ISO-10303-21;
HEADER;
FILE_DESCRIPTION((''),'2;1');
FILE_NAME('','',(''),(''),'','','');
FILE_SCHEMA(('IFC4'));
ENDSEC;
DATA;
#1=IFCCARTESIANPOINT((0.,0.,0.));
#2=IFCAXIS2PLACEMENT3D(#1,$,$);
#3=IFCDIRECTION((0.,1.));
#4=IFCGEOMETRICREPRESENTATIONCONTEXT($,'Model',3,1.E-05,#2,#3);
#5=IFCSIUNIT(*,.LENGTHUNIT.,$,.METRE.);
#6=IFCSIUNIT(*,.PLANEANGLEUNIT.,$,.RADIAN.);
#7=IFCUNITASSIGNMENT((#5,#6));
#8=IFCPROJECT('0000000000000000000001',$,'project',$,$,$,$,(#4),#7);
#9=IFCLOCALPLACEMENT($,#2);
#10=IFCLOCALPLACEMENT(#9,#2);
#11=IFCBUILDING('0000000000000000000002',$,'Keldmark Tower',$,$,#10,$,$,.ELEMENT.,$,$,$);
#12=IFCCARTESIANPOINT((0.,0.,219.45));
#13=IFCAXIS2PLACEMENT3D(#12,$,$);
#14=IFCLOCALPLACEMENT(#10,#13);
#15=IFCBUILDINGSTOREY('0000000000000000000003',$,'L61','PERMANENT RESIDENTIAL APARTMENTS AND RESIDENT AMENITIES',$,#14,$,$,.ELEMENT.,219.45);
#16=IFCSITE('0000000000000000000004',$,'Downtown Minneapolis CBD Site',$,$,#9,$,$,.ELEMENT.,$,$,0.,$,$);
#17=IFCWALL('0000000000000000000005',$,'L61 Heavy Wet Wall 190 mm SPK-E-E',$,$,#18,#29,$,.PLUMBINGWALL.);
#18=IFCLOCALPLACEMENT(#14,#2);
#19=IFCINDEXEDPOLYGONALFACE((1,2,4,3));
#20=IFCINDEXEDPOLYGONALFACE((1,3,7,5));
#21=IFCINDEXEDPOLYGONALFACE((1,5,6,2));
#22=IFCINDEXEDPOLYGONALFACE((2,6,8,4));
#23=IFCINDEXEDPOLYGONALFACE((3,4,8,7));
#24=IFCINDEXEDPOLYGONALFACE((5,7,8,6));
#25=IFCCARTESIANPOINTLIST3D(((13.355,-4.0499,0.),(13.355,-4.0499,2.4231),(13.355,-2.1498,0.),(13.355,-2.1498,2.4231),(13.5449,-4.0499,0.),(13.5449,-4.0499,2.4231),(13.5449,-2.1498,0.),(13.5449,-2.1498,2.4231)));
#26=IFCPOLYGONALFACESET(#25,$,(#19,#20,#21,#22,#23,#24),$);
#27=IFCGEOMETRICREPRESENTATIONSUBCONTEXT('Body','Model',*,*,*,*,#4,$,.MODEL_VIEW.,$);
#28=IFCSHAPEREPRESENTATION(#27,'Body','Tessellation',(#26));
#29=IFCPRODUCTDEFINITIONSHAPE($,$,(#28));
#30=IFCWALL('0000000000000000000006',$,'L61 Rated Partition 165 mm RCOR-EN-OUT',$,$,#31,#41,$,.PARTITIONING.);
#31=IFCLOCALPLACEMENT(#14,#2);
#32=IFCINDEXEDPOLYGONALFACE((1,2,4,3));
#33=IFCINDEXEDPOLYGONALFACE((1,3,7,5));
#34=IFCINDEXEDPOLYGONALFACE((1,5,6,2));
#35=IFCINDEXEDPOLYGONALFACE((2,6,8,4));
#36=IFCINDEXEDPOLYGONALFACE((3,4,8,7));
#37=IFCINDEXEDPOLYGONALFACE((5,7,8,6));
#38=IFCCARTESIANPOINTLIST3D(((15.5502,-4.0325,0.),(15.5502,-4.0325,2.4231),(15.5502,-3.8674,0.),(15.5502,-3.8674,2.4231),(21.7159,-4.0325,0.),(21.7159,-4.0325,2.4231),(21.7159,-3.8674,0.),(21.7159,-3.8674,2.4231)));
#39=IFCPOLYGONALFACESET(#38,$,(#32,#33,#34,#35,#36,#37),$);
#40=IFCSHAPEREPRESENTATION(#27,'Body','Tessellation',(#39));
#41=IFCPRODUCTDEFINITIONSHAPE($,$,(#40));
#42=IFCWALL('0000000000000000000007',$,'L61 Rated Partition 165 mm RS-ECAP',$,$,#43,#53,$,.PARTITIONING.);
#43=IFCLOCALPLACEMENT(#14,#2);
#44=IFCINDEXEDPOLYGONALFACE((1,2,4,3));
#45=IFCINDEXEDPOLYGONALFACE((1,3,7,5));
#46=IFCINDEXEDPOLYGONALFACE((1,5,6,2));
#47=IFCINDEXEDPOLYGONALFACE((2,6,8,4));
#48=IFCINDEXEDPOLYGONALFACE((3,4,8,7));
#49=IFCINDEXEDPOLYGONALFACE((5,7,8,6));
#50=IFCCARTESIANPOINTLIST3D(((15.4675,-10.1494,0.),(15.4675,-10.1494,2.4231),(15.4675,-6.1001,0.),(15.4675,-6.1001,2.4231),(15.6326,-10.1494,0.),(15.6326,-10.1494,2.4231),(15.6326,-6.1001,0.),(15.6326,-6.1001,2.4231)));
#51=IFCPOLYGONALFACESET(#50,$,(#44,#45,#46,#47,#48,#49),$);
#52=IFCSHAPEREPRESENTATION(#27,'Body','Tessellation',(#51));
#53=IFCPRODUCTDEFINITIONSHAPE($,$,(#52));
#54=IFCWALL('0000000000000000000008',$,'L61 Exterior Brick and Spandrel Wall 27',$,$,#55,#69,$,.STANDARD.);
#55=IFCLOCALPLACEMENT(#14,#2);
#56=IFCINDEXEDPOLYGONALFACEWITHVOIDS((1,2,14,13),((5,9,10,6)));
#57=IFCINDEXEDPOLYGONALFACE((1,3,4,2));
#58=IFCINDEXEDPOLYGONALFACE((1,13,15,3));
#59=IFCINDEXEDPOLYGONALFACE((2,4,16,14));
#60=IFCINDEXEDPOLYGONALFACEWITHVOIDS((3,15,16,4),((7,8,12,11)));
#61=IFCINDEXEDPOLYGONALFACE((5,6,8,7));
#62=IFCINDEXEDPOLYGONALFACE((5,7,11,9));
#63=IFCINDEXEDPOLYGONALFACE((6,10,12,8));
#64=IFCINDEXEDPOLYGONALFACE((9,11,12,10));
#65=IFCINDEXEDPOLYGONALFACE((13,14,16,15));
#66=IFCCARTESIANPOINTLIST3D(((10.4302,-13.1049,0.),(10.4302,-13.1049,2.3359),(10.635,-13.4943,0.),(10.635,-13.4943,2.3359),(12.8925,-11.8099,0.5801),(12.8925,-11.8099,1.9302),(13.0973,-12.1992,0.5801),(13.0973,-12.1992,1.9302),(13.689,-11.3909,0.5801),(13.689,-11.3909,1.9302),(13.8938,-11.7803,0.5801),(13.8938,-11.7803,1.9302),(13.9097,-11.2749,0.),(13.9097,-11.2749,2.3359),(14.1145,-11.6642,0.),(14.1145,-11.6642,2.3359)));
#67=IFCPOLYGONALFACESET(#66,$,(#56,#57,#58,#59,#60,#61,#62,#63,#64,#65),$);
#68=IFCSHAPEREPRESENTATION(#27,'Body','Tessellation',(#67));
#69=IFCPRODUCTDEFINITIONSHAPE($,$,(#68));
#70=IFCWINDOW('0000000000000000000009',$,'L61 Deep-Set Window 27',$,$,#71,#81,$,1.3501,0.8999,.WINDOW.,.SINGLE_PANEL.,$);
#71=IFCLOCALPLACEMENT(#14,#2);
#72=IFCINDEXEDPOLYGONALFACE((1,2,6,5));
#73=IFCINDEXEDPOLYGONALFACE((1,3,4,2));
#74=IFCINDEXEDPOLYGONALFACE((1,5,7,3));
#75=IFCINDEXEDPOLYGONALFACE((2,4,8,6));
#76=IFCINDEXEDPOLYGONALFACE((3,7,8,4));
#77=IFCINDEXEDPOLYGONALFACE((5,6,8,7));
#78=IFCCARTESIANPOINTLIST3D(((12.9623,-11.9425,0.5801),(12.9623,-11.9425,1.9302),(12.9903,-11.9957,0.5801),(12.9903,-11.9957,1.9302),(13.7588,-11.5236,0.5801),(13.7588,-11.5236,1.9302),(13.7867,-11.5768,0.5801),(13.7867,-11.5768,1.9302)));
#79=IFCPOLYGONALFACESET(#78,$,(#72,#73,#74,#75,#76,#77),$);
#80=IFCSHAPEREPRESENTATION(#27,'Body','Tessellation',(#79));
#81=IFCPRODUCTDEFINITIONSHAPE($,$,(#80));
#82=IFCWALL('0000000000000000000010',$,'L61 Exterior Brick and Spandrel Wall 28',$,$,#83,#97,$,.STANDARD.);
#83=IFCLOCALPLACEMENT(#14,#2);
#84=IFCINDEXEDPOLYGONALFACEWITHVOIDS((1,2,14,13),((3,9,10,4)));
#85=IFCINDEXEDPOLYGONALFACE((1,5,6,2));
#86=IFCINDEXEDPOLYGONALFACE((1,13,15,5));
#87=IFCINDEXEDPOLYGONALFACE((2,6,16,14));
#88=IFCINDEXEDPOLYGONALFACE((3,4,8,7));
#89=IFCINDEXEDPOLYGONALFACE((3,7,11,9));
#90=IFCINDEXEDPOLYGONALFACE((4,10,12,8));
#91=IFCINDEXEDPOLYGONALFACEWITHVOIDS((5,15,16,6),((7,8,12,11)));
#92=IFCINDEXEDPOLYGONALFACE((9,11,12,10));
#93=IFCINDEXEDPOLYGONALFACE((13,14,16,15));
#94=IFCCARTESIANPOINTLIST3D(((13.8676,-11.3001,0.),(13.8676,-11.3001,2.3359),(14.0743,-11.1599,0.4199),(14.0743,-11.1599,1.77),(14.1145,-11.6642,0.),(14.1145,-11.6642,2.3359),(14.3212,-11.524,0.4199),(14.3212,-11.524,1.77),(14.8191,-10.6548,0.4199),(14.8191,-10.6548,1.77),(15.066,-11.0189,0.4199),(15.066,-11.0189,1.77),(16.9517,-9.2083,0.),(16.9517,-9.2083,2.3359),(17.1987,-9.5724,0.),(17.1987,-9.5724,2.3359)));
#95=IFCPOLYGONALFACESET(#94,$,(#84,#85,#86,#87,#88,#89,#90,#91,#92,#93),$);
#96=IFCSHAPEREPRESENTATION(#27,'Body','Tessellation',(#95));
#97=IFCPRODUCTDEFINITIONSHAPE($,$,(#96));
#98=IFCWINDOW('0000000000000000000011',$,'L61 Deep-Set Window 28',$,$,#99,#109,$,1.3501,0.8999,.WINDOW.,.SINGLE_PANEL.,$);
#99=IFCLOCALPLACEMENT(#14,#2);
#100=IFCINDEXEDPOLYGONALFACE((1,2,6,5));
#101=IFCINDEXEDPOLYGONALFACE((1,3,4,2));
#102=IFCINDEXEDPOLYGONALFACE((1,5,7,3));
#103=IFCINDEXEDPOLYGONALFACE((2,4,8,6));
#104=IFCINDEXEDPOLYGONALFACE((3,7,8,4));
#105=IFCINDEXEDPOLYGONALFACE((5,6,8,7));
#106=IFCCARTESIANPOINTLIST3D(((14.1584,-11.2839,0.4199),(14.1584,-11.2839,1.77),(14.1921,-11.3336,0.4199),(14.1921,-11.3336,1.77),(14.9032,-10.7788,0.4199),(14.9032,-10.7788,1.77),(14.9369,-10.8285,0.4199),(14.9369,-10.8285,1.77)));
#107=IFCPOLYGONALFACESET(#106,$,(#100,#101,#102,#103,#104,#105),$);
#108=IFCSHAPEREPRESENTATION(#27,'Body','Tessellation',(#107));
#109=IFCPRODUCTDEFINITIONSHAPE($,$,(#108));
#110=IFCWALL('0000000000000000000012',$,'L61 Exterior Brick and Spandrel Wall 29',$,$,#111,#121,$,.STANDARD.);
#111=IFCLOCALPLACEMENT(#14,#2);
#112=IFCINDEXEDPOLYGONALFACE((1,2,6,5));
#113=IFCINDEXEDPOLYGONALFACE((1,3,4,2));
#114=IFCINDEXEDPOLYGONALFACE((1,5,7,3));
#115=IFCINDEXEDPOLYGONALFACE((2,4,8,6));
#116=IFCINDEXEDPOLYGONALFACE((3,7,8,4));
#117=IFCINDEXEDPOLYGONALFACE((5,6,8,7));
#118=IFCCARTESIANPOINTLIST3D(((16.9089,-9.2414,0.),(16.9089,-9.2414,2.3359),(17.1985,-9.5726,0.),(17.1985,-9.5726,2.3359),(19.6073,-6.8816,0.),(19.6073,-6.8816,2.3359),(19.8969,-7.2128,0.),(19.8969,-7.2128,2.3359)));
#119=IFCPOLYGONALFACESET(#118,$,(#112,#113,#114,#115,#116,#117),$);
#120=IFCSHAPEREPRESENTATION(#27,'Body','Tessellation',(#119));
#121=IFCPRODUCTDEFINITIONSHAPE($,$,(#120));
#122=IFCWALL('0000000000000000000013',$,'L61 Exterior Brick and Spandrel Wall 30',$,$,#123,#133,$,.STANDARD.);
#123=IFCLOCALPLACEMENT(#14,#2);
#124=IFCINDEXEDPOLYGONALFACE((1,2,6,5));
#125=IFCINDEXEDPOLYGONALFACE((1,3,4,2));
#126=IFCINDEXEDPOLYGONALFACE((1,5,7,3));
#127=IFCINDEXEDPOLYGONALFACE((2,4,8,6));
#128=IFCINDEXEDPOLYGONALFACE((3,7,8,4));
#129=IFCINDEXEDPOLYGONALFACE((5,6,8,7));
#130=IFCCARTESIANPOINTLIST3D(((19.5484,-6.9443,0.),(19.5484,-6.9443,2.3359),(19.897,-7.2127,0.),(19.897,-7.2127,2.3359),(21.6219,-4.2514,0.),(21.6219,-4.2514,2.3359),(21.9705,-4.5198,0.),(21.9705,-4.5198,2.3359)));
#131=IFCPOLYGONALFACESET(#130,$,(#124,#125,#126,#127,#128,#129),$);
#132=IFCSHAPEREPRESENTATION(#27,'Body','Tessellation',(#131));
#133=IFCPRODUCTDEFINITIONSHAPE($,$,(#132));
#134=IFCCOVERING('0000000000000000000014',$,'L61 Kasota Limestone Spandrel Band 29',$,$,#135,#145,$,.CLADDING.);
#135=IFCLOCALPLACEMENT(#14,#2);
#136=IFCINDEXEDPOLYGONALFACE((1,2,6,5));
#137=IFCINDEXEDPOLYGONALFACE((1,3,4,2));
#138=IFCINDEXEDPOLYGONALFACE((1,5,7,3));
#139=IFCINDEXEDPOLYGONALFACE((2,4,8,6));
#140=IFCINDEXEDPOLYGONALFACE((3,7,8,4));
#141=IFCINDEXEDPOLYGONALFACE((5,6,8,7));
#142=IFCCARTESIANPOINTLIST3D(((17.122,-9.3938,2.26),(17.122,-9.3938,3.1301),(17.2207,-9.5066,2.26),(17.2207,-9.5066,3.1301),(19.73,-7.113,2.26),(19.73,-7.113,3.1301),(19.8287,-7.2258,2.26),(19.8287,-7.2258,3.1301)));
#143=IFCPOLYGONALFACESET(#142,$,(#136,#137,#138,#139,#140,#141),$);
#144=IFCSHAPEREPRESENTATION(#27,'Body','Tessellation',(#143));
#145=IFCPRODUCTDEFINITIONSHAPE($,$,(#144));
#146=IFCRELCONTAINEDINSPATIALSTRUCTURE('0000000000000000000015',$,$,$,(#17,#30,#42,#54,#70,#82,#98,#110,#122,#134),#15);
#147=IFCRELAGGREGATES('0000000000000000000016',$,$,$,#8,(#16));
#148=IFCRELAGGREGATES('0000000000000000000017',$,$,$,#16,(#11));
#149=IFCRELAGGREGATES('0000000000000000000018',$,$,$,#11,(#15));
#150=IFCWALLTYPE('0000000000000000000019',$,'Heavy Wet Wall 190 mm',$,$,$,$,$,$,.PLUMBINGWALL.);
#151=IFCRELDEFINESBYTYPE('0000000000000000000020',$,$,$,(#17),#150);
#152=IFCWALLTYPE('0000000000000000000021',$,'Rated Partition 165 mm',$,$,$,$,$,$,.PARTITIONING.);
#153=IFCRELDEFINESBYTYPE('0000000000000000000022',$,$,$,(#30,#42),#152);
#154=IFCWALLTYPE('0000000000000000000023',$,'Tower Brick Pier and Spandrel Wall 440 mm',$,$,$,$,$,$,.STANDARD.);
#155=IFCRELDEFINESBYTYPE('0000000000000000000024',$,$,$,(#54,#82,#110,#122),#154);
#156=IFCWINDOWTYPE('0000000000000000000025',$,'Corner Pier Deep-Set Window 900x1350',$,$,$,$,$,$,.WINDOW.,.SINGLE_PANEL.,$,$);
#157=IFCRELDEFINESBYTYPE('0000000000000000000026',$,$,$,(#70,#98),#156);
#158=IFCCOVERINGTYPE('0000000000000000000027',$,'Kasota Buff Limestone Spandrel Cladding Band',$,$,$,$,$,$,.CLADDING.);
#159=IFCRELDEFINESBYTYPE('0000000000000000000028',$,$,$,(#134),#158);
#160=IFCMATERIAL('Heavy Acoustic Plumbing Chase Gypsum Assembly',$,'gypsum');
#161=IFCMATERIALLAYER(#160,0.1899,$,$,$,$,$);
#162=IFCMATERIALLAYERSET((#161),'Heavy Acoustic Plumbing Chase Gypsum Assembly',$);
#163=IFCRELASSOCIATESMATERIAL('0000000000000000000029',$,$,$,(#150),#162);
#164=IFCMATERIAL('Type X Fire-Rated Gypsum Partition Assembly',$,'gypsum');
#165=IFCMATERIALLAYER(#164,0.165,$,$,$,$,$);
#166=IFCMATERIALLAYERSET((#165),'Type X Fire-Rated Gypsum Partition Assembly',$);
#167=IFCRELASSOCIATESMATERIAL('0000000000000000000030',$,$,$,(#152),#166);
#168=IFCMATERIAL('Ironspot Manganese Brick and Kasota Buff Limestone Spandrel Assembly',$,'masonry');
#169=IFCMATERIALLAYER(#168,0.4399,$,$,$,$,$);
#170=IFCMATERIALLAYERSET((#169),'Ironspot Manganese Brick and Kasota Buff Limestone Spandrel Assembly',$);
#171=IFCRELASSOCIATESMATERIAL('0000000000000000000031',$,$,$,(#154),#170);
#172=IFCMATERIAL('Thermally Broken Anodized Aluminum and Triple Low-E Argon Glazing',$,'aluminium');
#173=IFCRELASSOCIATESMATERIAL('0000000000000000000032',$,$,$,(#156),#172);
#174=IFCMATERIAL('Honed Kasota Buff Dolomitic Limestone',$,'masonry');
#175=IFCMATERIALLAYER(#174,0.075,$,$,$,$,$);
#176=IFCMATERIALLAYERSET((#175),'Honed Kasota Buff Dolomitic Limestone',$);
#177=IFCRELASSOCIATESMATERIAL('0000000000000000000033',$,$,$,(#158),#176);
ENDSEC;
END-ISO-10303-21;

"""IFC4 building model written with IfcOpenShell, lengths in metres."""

from ifc_helpers import new_model, si_unit, direction, frame, frame_2d, origin, origin_2d, place, context, subcontext, project, spatial, rectangle, extrude, material, layer, layer_set, type_object, element, fill, save


model = new_model("IFC4")

# Units and contexts
model_context = context("Model", 3, precision=1e-05, world=origin(), true_north=direction((0.0, 1.0)))
body_context = subcontext(model_context, "Body", "Model", "MODEL_VIEW")
ifc_project = project(units=[si_unit("LENGTHUNIT", "METRE"), si_unit("PLANEANGLEUNIT", "RADIAN")], contexts=[model_context])

# Site, building, storey
site_placement = place(None, origin())
site = spatial("IfcSite", under=ifc_project, at=site_placement, Name="Downtown Minneapolis CBD Site", CompositionType="ELEMENT", RefElevation=0.0)
building_placement = place(site_placement, origin())
building = spatial("IfcBuilding", under=site, at=building_placement, Name="Keldmark Tower", CompositionType="ELEMENT")
storey_placement = place(building_placement, frame((0.0, 0.0, 219.45)))
storey = spatial("IfcBuildingStorey", under=building, at=storey_placement, Name="L61", Description="PERMANENT RESIDENTIAL APARTMENTS AND RESIDENT AMENITIES", CompositionType="ELEMENT", Elevation=219.45)

# Walls
ifc_material_1 = material(Name="Heavy Acoustic Plumbing Chase Gypsum Assembly", Category="gypsum")
ifc_layer_1 = layer(ifc_material_1, 0.1899)
ifc_layer_set_1 = layer_set([ifc_layer_1], Name="Heavy Acoustic Plumbing Chase Gypsum Assembly")
wall_type_1 = type_object("IfcWallType", Name="Heavy Wet Wall 190 mm", PredefinedType="PLUMBINGWALL", material=ifc_layer_set_1)
wall_1_placement = place(storey_placement, frame((13.45, -4.05, 0.0), z_axis=(0.0, 0.0, 1.0), x_axis=(0.0, 1.0, 0.0)))
element("IfcWall", 1, at=wall_1_placement, inside=storey, type_object=wall_type_1, Name="L61 Heavy Wet Wall 190 mm SPK-E-E", PredefinedType="PLUMBINGWALL", context=body_context, shape_type="SweptSolid", body=[
    extrude(rectangle(XDim=1.9001, YDim=0.1899, at=frame_2d((0.9502, 0.0))), origin(), (0.0, 0.0, 1.0), 2.4231),
])
ifc_material_2 = material(Name="Type X Fire-Rated Gypsum Partition Assembly", Category="gypsum")
ifc_layer_2 = layer(ifc_material_2, 0.165)
ifc_layer_set_2 = layer_set([ifc_layer_2], Name="Type X Fire-Rated Gypsum Partition Assembly")
wall_type_2 = type_object("IfcWallType", Name="Rated Partition 165 mm", PredefinedType="PARTITIONING", material=ifc_layer_set_2)
wall_2_placement = place(storey_placement, frame((15.55, -3.95, 0.0), z_axis=(0.0, 0.0, 1.0), x_axis=(1.0, 0.0, 0.0)))
element("IfcWall", 2, at=wall_2_placement, inside=storey, type_object=wall_type_2, Name="L61 Rated Partition 165 mm RCOR-EN-OUT", PredefinedType="PARTITIONING", context=body_context, shape_type="SweptSolid", body=[
    extrude(rectangle(XDim=6.1658, YDim=0.165, at=frame_2d((3.083, 0.0))), origin(), (0.0, 0.0, 1.0), 2.4231),
])

# Wall
wall_3_placement = place(storey_placement, frame((15.55, -10.1494, 0.0), z_axis=(0.0, 0.0, 1.0), x_axis=(0.0, 1.0, 0.0)))
element("IfcWall", 3, at=wall_3_placement, inside=storey, type_object=wall_type_2, Name="L61 Rated Partition 165 mm RS-ECAP", PredefinedType="PARTITIONING", context=body_context, shape_type="SweptSolid", body=[
    extrude(rectangle(XDim=4.0493, YDim=0.165, at=frame_2d((2.0247, 0.0))), origin(), (0.0, 0.0, 1.0), 2.4231),
])

# Walls, openings, windows
ifc_material_3 = material(Name="Ironspot Manganese Brick and Kasota Buff Limestone Spandrel Assembly", Category="masonry")
ifc_layer_3 = layer(ifc_material_3, 0.4399)
ifc_layer_set_3 = layer_set([ifc_layer_3], Name="Ironspot Manganese Brick and Kasota Buff Limestone Spandrel Assembly")
wall_type_3 = type_object("IfcWallType", Name="Tower Brick Pier and Spandrel Wall 440 mm", PredefinedType="STANDARD", material=ifc_layer_set_3)
wall_4_placement = place(storey_placement, frame((14.0122, -11.4695, 0.0), z_axis=(0.0, 0.0, 1.0), x_axis=(-0.885048, -0.465501, 0.0)))
wall_4 = element("IfcWall", 4, at=wall_4_placement, inside=storey, type_object=wall_type_3, Name="L61 Exterior Brick and Spandrel Wall 27", PredefinedType="STANDARD", context=body_context, shape_type="SweptSolid", body=[
    extrude(rectangle(XDim=3.9314, YDim=0.4399, at=frame_2d((1.9658, 0.0))), origin(), (0.0, 0.0, 1.0), 2.3359),
])
opening_1_placement = place(wall_4_placement, frame((0.2495, 0.0, 0.5801)))
opening_1 = element("IfcOpeningElement", 5, at=opening_1_placement, cuts=wall_4, PredefinedType="OPENING", context=body_context, shape_type="SweptSolid", body=[
    extrude(rectangle(XDim=0.8999, YDim=1.3501, at=frame_2d((0.45, 0.675))), frame((0.0, 0.23, 0.0), z_axis=(0.0, -1.0, 0.0), x_axis=(1.0, 0.0, 0.0)), (0.0, 0.0, 1.0), 0.46),
])
ifc_material_4 = material(Name="Thermally Broken Anodized Aluminum and Triple Low-E Argon Glazing", Category="aluminium")
window_type = type_object("IfcWindowType", Name="Corner Pier Deep-Set Window 900x1350", PartitioningType="SINGLE_PANEL", PredefinedType="WINDOW", material=ifc_material_4)
window_1_placement = place(opening_1_placement, origin())
window_1 = element("IfcWindow", 6, at=window_1_placement, inside=storey, type_object=window_type, Name="L61 Deep-Set Window 27", OverallHeight=1.3501, OverallWidth=0.8999, PartitioningType="SINGLE_PANEL", PredefinedType="WINDOW", context=body_context, shape_type="SweptSolid", body=[
    extrude(rectangle(XDim=0.8999, YDim=1.3501, at=frame_2d((0.45, 0.675))), frame((0.0, -0.01, 0.0), z_axis=(0.0, -1.0, 0.0), x_axis=(1.0, 0.0, 0.0)), (0.0, 0.0, 1.0), 0.0601),
])
fill(opening_1, window_1)
wall_5_placement = place(storey_placement, frame((17.0752, -9.3904, 0.0), z_axis=(0.0, 0.0, 1.0), x_axis=(-0.827609, -0.561304, 0.0)))
wall_5 = element("IfcWall", 7, at=wall_5_placement, inside=storey, type_object=wall_type_3, Name="L61 Exterior Brick and Spandrel Wall 28", PredefinedType="STANDARD", context=body_context, shape_type="SweptSolid", body=[
    extrude(rectangle(XDim=3.7266, YDim=0.4399, at=frame_2d((1.8633, 0.0))), origin(), (0.0, 0.0, 1.0), 2.3359),
])
opening_2_placement = place(wall_5_placement, frame((2.5769, 0.0, 0.4199)))
opening_2 = element("IfcOpeningElement", 8, at=opening_2_placement, cuts=wall_5, PredefinedType="OPENING", context=body_context, shape_type="SweptSolid", body=[
    extrude(rectangle(XDim=0.8999, YDim=1.3501, at=frame_2d((0.45, 0.675))), frame((0.0, 0.23, 0.0), z_axis=(0.0, -1.0, 0.0), x_axis=(1.0, 0.0, 0.0)), (0.0, 0.0, 1.0), 0.46),
])
window_2_placement = place(opening_2_placement, origin())
window_2 = element("IfcWindow", 9, at=window_2_placement, inside=storey, type_object=window_type, Name="L61 Deep-Set Window 28", OverallHeight=1.3501, OverallWidth=0.8999, PartitioningType="SINGLE_PANEL", PredefinedType="WINDOW", context=body_context, shape_type="SweptSolid", body=[
    extrude(rectangle(XDim=0.8999, YDim=1.3501, at=frame_2d((0.45, 0.675))), frame((0.0, -0.01, 0.0), z_axis=(0.0, -1.0, 0.0), x_axis=(1.0, 0.0, 0.0)), (0.0, 0.0, 1.0), 0.0601),
])
fill(opening_2, window_2)

# Walls
wall_6_placement = place(storey_placement, frame((19.7522, -7.0471, 0.0), z_axis=(0.0, 0.0, 1.0), x_axis=(-0.752758, -0.658297, 0.0)))
element("IfcWall", 10, at=wall_6_placement, inside=storey, type_object=wall_type_3, Name="L61 Exterior Brick and Spandrel Wall 29", PredefinedType="STANDARD", context=body_context, shape_type="SweptSolid", body=[
    extrude(rectangle(XDim=3.5847, YDim=0.4399, at=frame_2d((1.7925, 0.0))), origin(), (0.0, 0.0, 1.0), 2.3359),
])
wall_7_placement = place(storey_placement, frame((21.7961, -4.3857, 0.0), z_axis=(0.0, 0.0, 1.0), x_axis=(-0.610089, -0.792333, 0.0)))
element("IfcWall", 11, at=wall_7_placement, inside=storey, type_object=wall_type_3, Name="L61 Exterior Brick and Spandrel Wall 30", PredefinedType="STANDARD", context=body_context, shape_type="SweptSolid", body=[
    extrude(rectangle(XDim=3.3987, YDim=0.4399, at=frame_2d((1.6992, 0.0))), origin(), (0.0, 0.0, 1.0), 2.3359),
])

# Covering
ifc_material_5 = material(Name="Honed Kasota Buff Dolomitic Limestone", Category="masonry")
ifc_layer_4 = layer(ifc_material_5, 0.075)
ifc_layer_set_4 = layer_set([ifc_layer_4], Name="Honed Kasota Buff Dolomitic Limestone")
covering_type = type_object("IfcCoveringType", Name="Kasota Buff Limestone Spandrel Cladding Band", PredefinedType="CLADDING", material=ifc_layer_set_4)
covering_placement = place(storey_placement, frame((18.4753, -8.3098, 2.26), z_axis=(0.0, 0.0, 1.0), x_axis=(0.752748, 0.658309, 0.0)))
element("IfcCovering", 12, at=covering_placement, inside=storey, type_object=covering_type, Name="L61 Kasota Limestone Spandrel Band 29", PredefinedType="CLADDING", context=body_context, shape_type="SweptSolid", body=[
    extrude(rectangle(XDim=3.4646, YDim=0.1499, at=origin_2d()), origin(), (0.0, 0.0, 1.0), 0.8701),
])

save(model, "model.ifc")
